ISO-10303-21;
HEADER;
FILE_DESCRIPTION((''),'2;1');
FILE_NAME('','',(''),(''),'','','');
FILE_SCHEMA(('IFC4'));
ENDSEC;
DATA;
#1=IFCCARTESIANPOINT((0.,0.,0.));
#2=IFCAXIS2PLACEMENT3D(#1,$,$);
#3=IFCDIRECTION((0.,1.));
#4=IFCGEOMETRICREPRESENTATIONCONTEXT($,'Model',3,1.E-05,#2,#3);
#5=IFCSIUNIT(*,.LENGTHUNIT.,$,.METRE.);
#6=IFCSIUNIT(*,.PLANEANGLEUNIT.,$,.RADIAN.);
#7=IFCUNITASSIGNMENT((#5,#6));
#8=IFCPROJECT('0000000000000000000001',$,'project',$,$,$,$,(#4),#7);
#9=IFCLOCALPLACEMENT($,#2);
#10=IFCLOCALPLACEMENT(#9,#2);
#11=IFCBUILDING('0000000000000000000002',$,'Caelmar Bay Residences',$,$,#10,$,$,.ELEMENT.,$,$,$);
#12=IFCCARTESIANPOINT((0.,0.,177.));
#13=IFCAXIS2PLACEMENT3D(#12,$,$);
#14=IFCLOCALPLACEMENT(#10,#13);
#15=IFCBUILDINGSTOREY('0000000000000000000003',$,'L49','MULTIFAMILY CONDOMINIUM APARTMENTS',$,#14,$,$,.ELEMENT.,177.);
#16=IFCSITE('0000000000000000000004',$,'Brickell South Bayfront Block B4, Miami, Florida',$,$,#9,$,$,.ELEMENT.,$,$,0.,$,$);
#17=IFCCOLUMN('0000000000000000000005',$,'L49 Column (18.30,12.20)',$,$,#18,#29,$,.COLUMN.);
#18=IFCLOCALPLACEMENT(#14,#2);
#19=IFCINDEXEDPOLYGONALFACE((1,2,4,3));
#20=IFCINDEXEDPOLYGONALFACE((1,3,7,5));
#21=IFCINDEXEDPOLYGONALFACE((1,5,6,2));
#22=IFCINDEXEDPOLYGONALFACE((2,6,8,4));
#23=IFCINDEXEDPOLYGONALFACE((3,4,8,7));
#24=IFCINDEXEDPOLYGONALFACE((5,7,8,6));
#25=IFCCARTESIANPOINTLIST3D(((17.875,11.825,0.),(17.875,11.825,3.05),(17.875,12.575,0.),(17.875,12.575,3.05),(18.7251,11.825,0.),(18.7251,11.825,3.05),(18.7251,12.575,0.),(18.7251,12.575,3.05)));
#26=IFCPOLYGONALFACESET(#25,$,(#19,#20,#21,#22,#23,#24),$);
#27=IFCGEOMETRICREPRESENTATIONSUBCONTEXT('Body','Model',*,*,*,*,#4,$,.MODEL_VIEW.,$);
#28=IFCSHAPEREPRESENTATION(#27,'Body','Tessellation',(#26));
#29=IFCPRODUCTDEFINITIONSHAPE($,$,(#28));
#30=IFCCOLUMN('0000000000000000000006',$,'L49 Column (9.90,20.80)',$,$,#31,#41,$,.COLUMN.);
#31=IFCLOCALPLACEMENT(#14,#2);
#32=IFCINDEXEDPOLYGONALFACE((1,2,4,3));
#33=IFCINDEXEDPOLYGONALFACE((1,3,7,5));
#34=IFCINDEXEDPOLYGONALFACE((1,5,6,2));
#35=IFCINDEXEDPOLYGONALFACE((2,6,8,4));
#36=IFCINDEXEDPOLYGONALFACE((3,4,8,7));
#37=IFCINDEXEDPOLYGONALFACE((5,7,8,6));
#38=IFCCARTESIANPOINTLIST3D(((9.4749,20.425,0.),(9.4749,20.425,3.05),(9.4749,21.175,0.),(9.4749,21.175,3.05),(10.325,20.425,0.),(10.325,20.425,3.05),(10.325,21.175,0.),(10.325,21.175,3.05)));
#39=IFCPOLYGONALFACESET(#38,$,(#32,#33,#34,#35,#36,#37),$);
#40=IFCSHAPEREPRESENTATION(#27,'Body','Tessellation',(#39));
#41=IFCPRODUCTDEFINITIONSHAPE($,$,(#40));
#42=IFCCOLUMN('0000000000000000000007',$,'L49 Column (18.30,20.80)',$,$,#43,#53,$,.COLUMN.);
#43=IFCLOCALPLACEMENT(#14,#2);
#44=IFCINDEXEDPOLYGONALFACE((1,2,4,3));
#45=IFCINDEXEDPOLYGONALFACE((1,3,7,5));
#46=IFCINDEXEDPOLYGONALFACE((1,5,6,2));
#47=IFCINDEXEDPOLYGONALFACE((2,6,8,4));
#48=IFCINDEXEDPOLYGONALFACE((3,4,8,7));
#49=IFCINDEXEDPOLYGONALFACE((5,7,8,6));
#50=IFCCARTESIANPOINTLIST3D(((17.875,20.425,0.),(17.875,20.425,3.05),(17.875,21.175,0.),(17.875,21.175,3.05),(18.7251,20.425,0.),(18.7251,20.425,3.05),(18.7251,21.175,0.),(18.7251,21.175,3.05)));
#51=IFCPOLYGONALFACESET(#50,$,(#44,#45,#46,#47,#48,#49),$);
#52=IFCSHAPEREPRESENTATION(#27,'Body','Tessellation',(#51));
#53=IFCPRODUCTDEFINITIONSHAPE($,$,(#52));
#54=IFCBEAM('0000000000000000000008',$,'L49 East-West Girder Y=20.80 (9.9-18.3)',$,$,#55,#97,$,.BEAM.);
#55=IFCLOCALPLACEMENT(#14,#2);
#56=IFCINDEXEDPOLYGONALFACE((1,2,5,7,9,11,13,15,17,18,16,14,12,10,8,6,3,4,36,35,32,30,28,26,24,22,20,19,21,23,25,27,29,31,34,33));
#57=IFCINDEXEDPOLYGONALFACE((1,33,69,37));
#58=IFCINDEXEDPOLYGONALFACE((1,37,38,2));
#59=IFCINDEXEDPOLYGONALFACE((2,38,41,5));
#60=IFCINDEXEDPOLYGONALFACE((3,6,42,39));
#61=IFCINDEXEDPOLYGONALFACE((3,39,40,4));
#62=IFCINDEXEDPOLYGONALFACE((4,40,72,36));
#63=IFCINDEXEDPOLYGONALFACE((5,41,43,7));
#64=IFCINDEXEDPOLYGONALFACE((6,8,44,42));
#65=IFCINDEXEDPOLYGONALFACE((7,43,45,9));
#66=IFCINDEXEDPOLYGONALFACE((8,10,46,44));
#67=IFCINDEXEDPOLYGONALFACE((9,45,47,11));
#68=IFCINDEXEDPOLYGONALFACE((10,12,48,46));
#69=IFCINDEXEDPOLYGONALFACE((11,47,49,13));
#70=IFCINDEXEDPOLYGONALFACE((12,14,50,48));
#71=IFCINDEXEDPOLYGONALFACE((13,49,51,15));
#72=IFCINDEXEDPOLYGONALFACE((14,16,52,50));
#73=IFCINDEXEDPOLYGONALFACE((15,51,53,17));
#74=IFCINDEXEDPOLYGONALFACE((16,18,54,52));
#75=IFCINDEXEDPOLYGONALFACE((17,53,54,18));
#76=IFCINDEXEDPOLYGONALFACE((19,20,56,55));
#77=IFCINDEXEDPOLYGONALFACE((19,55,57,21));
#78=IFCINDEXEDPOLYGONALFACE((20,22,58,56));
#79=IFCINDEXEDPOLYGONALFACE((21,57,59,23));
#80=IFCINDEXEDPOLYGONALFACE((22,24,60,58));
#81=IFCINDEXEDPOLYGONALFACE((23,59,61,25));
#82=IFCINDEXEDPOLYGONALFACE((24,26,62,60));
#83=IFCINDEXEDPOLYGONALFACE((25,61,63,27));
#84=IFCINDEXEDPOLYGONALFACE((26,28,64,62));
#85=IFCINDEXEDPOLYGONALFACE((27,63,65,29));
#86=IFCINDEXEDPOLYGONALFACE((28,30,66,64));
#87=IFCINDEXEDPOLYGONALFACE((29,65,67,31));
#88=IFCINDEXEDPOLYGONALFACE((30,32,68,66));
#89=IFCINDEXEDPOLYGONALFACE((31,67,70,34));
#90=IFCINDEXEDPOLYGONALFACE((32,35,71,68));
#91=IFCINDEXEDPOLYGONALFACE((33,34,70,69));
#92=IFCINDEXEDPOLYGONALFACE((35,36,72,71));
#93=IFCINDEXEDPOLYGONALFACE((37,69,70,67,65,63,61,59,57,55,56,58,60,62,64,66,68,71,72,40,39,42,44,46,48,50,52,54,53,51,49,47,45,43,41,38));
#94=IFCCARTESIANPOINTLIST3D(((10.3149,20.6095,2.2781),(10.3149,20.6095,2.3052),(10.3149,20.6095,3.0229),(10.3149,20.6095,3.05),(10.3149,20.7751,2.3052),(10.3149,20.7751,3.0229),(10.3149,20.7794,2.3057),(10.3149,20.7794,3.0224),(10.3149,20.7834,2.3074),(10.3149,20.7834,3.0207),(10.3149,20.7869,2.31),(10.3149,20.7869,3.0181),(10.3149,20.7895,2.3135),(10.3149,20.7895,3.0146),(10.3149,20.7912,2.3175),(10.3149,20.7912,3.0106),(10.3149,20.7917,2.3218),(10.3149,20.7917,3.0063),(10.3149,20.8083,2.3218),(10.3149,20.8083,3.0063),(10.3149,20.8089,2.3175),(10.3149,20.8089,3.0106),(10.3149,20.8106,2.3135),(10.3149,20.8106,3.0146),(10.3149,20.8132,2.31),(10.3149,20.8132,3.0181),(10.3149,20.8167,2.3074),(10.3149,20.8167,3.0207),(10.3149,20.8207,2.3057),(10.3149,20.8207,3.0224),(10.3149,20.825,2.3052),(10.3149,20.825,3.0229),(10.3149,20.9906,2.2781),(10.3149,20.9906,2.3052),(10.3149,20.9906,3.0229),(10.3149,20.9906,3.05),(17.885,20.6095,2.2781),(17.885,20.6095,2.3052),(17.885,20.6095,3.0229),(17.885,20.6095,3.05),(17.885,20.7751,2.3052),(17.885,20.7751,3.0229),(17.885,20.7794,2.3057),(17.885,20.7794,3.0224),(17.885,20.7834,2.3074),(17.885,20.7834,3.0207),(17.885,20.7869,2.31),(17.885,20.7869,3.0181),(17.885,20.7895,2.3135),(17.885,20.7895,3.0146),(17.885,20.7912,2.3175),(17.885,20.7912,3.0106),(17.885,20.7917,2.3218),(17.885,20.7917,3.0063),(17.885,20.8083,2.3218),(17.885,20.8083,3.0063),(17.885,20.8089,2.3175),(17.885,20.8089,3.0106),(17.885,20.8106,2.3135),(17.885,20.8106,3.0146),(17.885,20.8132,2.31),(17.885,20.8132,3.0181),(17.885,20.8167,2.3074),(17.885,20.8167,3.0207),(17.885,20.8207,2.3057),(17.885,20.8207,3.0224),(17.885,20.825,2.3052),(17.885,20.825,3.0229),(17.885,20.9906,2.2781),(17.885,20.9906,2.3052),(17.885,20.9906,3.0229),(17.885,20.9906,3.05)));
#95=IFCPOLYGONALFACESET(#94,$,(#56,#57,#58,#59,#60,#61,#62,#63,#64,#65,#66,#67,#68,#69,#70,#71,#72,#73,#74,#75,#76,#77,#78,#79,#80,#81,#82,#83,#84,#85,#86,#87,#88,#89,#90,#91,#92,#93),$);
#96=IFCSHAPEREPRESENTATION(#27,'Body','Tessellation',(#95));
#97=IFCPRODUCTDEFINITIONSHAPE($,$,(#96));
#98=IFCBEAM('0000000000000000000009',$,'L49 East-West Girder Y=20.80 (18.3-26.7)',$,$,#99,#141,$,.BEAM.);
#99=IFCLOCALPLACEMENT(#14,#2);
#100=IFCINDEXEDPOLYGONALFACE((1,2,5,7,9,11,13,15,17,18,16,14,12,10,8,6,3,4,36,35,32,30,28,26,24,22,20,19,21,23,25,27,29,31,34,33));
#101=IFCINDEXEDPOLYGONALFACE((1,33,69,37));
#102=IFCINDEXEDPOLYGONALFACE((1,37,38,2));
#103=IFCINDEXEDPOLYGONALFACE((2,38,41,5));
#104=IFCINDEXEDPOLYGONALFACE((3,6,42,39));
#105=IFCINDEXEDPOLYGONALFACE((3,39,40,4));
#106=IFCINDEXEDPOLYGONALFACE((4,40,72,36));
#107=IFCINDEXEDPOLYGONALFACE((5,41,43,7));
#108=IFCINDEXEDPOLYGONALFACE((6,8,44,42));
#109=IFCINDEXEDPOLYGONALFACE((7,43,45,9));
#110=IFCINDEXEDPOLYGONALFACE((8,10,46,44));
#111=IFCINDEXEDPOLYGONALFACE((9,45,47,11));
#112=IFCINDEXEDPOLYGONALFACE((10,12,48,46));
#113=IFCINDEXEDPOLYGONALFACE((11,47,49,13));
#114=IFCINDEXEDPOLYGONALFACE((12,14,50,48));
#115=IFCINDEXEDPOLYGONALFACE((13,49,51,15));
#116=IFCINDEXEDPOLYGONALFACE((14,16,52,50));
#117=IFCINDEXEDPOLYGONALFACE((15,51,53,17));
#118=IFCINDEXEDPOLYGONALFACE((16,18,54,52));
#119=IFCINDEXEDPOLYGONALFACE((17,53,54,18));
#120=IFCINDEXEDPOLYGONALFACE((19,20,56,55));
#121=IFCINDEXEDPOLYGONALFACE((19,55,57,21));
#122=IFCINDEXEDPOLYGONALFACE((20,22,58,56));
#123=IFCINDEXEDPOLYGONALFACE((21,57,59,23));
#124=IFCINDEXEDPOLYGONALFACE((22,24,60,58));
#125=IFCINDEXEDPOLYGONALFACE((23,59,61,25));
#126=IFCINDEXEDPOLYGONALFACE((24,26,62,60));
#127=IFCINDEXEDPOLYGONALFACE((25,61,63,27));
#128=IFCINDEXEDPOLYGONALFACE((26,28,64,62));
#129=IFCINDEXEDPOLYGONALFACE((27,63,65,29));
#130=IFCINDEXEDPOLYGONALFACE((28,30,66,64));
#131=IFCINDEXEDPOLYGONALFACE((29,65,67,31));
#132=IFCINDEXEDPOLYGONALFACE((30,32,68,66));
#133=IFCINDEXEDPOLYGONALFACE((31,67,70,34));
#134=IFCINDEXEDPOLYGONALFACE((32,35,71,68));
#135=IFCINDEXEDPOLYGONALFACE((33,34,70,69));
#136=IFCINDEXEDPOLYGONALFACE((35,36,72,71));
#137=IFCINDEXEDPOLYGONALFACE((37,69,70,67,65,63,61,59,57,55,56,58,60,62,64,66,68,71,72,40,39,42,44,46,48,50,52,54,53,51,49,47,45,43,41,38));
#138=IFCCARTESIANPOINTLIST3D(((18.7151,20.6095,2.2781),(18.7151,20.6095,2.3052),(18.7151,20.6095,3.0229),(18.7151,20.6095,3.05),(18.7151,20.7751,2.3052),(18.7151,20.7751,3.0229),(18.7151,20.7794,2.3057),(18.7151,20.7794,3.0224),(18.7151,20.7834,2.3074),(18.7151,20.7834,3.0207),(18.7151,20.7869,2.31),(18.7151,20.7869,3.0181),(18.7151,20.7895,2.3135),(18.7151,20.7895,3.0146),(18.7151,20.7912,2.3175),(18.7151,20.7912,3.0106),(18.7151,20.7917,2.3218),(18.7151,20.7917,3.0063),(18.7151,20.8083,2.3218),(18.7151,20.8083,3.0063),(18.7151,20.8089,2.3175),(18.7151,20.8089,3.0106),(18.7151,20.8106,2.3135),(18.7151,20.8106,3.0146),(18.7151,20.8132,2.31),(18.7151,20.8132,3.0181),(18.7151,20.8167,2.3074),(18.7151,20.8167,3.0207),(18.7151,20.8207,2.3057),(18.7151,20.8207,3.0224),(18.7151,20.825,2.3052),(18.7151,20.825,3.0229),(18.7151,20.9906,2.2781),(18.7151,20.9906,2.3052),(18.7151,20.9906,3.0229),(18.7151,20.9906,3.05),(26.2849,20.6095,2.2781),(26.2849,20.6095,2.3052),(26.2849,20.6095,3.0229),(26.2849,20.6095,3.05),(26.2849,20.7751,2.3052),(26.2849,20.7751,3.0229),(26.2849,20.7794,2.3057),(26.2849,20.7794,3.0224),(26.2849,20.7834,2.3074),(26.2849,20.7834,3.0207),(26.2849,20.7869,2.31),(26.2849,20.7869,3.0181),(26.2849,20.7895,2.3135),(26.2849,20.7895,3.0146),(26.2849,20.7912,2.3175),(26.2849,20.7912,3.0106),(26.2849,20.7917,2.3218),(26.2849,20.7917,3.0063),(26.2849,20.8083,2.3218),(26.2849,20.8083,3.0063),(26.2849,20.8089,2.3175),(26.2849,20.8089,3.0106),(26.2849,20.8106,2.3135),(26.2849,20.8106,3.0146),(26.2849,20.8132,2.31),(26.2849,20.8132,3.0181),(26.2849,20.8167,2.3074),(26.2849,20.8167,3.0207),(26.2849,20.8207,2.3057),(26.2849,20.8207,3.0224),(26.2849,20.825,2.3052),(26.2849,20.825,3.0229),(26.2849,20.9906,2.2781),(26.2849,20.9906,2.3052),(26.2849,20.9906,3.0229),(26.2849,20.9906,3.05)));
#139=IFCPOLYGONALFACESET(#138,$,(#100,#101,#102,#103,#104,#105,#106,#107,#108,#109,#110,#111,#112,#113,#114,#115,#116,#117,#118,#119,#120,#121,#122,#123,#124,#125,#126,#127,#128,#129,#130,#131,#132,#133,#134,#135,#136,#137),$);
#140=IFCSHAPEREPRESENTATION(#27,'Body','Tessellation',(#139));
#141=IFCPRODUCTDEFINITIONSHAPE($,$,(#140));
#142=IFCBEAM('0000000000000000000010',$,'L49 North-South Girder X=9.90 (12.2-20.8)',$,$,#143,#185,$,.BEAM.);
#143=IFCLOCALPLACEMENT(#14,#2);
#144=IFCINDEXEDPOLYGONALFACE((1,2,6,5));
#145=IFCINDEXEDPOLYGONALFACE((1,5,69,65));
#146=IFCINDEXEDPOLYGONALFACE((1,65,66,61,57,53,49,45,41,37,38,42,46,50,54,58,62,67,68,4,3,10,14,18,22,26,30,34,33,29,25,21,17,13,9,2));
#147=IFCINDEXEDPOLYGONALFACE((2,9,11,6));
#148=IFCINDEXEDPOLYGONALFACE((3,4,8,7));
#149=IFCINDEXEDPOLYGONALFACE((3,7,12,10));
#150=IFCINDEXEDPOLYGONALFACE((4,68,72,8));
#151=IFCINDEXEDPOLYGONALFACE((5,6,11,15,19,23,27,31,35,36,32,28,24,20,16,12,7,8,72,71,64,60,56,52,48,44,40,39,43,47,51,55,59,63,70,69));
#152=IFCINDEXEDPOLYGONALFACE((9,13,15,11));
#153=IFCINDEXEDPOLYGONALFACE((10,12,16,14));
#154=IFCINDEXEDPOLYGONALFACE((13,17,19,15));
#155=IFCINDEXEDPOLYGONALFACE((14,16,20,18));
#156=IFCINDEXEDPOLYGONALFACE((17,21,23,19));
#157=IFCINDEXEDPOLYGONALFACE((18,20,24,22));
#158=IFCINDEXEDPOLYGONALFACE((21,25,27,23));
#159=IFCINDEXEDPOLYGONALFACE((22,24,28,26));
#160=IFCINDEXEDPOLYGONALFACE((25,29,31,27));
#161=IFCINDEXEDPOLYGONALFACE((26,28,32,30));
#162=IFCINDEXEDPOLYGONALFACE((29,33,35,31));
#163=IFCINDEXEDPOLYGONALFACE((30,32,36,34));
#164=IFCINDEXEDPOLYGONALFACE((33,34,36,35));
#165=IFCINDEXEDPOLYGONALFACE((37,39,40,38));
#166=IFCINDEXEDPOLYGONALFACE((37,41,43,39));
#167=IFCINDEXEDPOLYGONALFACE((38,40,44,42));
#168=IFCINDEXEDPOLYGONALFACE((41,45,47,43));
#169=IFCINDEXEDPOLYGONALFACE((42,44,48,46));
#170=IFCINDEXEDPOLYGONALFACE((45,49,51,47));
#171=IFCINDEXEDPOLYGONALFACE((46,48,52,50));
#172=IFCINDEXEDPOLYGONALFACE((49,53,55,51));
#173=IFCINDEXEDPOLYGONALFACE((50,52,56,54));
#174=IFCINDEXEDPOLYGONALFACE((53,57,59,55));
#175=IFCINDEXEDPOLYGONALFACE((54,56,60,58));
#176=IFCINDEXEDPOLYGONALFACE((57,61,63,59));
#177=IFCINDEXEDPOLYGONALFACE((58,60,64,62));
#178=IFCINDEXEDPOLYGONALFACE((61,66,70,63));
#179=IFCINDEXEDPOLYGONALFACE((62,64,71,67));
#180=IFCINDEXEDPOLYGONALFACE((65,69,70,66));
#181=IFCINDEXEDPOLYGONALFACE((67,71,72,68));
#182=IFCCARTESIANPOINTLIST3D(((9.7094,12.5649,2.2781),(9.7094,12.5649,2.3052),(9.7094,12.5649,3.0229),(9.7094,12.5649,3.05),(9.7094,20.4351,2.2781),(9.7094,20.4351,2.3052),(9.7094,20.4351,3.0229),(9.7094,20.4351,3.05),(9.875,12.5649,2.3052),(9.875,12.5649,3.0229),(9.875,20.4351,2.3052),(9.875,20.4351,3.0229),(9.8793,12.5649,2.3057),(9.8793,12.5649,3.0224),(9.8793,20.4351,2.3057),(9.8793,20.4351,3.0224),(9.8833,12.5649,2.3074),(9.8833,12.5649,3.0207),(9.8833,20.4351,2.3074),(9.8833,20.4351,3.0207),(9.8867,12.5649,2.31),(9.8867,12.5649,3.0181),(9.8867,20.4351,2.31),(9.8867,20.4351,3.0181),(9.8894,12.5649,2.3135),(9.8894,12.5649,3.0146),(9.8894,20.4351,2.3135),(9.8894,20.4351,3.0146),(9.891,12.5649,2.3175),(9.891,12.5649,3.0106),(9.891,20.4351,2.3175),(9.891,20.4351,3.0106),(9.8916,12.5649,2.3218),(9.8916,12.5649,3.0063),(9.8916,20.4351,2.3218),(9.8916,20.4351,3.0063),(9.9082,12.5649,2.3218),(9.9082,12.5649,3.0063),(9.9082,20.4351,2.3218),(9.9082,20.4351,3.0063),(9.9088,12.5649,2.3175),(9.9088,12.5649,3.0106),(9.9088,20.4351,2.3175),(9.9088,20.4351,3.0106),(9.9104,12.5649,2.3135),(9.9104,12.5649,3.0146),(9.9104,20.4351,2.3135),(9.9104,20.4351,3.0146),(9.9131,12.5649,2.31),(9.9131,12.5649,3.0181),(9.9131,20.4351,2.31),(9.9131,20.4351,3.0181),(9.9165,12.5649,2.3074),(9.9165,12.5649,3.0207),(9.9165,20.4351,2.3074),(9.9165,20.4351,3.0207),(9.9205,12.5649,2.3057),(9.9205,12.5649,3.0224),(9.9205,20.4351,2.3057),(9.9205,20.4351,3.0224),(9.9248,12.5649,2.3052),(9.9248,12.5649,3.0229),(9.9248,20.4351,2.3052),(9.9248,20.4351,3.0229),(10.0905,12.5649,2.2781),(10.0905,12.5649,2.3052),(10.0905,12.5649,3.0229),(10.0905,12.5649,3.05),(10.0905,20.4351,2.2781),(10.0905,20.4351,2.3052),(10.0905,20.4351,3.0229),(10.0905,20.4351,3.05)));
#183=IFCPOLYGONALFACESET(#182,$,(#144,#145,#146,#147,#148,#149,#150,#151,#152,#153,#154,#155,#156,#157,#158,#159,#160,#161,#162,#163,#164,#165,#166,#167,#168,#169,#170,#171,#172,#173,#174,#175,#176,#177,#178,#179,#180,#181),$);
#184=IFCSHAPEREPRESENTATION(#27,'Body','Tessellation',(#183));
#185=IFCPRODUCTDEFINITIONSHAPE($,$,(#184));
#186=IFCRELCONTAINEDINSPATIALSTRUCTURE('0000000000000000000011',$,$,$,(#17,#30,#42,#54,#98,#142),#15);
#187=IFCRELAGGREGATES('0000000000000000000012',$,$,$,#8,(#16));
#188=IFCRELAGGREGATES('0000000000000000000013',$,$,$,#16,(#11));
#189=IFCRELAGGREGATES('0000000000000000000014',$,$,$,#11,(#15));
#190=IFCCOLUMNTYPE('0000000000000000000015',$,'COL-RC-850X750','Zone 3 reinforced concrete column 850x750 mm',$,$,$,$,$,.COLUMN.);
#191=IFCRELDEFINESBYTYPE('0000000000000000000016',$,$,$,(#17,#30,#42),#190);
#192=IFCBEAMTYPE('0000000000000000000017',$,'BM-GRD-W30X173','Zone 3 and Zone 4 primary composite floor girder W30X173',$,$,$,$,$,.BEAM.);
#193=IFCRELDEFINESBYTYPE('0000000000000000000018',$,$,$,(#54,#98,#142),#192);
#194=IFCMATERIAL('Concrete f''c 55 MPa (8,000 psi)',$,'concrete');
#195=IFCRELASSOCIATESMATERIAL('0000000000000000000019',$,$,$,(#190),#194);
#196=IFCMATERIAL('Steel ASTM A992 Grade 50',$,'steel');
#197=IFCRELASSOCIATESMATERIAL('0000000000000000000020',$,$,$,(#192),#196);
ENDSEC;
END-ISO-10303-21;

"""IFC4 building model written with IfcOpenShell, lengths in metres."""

from ifc_helpers import new_model, si_unit, direction, frame, origin, origin_2d, place, context, subcontext, project, spatial, rectangle, i_section, extrude, material, material_profile, profile_set, type_object, element, save


model = new_model("IFC4")

# Units and contexts
model_context = context("Model", 3, precision=1e-05, world=origin(), true_north=direction((0.0, 1.0)))
body_context = subcontext(model_context, "Body", "Model", "MODEL_VIEW")
ifc_project = project(units=[si_unit("LENGTHUNIT", "METRE"), si_unit("PLANEANGLEUNIT", "RADIAN")], contexts=[model_context])

# Site, building, storey
site_placement = place(None, origin())
site = spatial("IfcSite", under=ifc_project, at=site_placement, Name="Brickell South Bayfront Block B4, Miami, Florida", CompositionType="ELEMENT", RefElevation=0.0)
building_placement = place(site_placement, origin())
building = spatial("IfcBuilding", under=site, at=building_placement, Name="Caelmar Bay Residences", CompositionType="ELEMENT")
storey_placement = place(building_placement, frame((0.0, 0.0, 177.0)))
storey = spatial("IfcBuildingStorey", under=building, at=storey_placement, Name="L49", Description="MULTIFAMILY CONDOMINIUM APARTMENTS", CompositionType="ELEMENT", Elevation=177.0)

# Columns
ifc_material_1 = material(Name="Concrete f'c 55 MPa (8,000 psi)", Category="concrete")
ifc_material_profile_1 = material_profile(ifc_material_1, rectangle(XDim=0.8501, YDim=0.75, at=origin_2d()), Name="RC-COL-850X750")
ifc_profile_set_1 = profile_set([ifc_material_profile_1], Name="Concrete f'c 55 MPa (8,000 psi)")
column_type = type_object("IfcColumnType", Name="COL-RC-850X750", Description="Zone 3 reinforced concrete column 850x750 mm", PredefinedType="COLUMN", material=ifc_profile_set_1)
for number, where, z_axis, x_axis, name in (
    (1, (18.3, 12.2, 0.0), (0.0, 0.0, 1.0), (1.0, 0.0, 0.0), "L49 Column (18.30,12.20)"),
    (2, (9.8999, 20.8, 0.0), (0.0, 0.0, 1.0), (1.0, 0.0, 0.0), "L49 Column (9.90,20.80)"),
    (3, (18.3, 20.8, 0.0), (0.0, 0.0, 1.0), (1.0, 0.0, 0.0), "L49 Column (18.30,20.80)"),
):
    element("IfcColumn", number, at=place(storey_placement, frame(where, z_axis=z_axis, x_axis=x_axis)), inside=storey, type_object=column_type, Name=name, PredefinedType="COLUMN", context=body_context, shape_type="SweptSolid", body=[
        extrude(rectangle(XDim=0.8501, YDim=0.75, at=origin_2d()), origin(), (0.0, 0.0, 1.0), 3.05),
    ])

# Beams
ifc_material_2 = material(Name="Steel ASTM A992 Grade 50", Category="steel")
ifc_material_profile_2 = material_profile(ifc_material_2, i_section(OverallWidth=0.3811, OverallDepth=0.772, WebThickness=0.0166, FlangeThickness=0.0271, FilletRadius=0.0166, at=origin_2d()), Name="W30X173")
ifc_profile_set_2 = profile_set([ifc_material_profile_2], Name="Steel ASTM A992 Grade 50")
beam_type_1 = type_object("IfcBeamType", Name="BM-GRD-W30X173", Description="Zone 3 and Zone 4 primary composite floor girder W30X173", PredefinedType="BEAM", material=ifc_profile_set_2)
beam_1_placement = place(storey_placement, frame((10.3149, 20.8, 2.6641), z_axis=(1.0, 0.0, 0.0), x_axis=(0.0, 1.0, 0.0)))
element("IfcBeam", 4, at=beam_1_placement, inside=storey, type_object=beam_type_1, Name="L49 East-West Girder Y=20.80 (9.9-18.3)", PredefinedType="BEAM", context=body_context, shape_type="SweptSolid", body=[
    extrude(i_section(OverallWidth=0.3811, OverallDepth=0.772, WebThickness=0.0166, FlangeThickness=0.0271, FilletRadius=0.0166, at=origin_2d()), origin(), (0.0, 0.0, 1.0), 7.5701),
])
beam_2_placement = place(storey_placement, frame((18.7151, 20.8, 2.6641), z_axis=(1.0, 0.0, 0.0), x_axis=(0.0, 1.0, 0.0)))
element("IfcBeam", 5, at=beam_2_placement, inside=storey, type_object=beam_type_1, Name="L49 East-West Girder Y=20.80 (18.3-26.7)", PredefinedType="BEAM", context=body_context, shape_type="SweptSolid", body=[
    extrude(i_section(OverallWidth=0.3811, OverallDepth=0.772, WebThickness=0.0166, FlangeThickness=0.0271, FilletRadius=0.0166, at=origin_2d()), origin(), (0.0, 0.0, 1.0), 7.5698),
])
beam_3_placement = place(storey_placement, frame((9.8999, 12.5649, 2.6641), z_axis=(0.0, 1.0, 0.0), x_axis=(-1.0, 0.0, 0.0)))
element("IfcBeam", 6, at=beam_3_placement, inside=storey, type_object=beam_type_1, Name="L49 North-South Girder X=9.90 (12.2-20.8)", PredefinedType="BEAM", context=body_context, shape_type="SweptSolid", body=[
    extrude(i_section(OverallWidth=0.3811, OverallDepth=0.772, WebThickness=0.0166, FlangeThickness=0.0271, FilletRadius=0.0166, at=origin_2d()), origin(), (0.0, 0.0, 1.0), 7.8701),
])

save(model, "model.ifc")
